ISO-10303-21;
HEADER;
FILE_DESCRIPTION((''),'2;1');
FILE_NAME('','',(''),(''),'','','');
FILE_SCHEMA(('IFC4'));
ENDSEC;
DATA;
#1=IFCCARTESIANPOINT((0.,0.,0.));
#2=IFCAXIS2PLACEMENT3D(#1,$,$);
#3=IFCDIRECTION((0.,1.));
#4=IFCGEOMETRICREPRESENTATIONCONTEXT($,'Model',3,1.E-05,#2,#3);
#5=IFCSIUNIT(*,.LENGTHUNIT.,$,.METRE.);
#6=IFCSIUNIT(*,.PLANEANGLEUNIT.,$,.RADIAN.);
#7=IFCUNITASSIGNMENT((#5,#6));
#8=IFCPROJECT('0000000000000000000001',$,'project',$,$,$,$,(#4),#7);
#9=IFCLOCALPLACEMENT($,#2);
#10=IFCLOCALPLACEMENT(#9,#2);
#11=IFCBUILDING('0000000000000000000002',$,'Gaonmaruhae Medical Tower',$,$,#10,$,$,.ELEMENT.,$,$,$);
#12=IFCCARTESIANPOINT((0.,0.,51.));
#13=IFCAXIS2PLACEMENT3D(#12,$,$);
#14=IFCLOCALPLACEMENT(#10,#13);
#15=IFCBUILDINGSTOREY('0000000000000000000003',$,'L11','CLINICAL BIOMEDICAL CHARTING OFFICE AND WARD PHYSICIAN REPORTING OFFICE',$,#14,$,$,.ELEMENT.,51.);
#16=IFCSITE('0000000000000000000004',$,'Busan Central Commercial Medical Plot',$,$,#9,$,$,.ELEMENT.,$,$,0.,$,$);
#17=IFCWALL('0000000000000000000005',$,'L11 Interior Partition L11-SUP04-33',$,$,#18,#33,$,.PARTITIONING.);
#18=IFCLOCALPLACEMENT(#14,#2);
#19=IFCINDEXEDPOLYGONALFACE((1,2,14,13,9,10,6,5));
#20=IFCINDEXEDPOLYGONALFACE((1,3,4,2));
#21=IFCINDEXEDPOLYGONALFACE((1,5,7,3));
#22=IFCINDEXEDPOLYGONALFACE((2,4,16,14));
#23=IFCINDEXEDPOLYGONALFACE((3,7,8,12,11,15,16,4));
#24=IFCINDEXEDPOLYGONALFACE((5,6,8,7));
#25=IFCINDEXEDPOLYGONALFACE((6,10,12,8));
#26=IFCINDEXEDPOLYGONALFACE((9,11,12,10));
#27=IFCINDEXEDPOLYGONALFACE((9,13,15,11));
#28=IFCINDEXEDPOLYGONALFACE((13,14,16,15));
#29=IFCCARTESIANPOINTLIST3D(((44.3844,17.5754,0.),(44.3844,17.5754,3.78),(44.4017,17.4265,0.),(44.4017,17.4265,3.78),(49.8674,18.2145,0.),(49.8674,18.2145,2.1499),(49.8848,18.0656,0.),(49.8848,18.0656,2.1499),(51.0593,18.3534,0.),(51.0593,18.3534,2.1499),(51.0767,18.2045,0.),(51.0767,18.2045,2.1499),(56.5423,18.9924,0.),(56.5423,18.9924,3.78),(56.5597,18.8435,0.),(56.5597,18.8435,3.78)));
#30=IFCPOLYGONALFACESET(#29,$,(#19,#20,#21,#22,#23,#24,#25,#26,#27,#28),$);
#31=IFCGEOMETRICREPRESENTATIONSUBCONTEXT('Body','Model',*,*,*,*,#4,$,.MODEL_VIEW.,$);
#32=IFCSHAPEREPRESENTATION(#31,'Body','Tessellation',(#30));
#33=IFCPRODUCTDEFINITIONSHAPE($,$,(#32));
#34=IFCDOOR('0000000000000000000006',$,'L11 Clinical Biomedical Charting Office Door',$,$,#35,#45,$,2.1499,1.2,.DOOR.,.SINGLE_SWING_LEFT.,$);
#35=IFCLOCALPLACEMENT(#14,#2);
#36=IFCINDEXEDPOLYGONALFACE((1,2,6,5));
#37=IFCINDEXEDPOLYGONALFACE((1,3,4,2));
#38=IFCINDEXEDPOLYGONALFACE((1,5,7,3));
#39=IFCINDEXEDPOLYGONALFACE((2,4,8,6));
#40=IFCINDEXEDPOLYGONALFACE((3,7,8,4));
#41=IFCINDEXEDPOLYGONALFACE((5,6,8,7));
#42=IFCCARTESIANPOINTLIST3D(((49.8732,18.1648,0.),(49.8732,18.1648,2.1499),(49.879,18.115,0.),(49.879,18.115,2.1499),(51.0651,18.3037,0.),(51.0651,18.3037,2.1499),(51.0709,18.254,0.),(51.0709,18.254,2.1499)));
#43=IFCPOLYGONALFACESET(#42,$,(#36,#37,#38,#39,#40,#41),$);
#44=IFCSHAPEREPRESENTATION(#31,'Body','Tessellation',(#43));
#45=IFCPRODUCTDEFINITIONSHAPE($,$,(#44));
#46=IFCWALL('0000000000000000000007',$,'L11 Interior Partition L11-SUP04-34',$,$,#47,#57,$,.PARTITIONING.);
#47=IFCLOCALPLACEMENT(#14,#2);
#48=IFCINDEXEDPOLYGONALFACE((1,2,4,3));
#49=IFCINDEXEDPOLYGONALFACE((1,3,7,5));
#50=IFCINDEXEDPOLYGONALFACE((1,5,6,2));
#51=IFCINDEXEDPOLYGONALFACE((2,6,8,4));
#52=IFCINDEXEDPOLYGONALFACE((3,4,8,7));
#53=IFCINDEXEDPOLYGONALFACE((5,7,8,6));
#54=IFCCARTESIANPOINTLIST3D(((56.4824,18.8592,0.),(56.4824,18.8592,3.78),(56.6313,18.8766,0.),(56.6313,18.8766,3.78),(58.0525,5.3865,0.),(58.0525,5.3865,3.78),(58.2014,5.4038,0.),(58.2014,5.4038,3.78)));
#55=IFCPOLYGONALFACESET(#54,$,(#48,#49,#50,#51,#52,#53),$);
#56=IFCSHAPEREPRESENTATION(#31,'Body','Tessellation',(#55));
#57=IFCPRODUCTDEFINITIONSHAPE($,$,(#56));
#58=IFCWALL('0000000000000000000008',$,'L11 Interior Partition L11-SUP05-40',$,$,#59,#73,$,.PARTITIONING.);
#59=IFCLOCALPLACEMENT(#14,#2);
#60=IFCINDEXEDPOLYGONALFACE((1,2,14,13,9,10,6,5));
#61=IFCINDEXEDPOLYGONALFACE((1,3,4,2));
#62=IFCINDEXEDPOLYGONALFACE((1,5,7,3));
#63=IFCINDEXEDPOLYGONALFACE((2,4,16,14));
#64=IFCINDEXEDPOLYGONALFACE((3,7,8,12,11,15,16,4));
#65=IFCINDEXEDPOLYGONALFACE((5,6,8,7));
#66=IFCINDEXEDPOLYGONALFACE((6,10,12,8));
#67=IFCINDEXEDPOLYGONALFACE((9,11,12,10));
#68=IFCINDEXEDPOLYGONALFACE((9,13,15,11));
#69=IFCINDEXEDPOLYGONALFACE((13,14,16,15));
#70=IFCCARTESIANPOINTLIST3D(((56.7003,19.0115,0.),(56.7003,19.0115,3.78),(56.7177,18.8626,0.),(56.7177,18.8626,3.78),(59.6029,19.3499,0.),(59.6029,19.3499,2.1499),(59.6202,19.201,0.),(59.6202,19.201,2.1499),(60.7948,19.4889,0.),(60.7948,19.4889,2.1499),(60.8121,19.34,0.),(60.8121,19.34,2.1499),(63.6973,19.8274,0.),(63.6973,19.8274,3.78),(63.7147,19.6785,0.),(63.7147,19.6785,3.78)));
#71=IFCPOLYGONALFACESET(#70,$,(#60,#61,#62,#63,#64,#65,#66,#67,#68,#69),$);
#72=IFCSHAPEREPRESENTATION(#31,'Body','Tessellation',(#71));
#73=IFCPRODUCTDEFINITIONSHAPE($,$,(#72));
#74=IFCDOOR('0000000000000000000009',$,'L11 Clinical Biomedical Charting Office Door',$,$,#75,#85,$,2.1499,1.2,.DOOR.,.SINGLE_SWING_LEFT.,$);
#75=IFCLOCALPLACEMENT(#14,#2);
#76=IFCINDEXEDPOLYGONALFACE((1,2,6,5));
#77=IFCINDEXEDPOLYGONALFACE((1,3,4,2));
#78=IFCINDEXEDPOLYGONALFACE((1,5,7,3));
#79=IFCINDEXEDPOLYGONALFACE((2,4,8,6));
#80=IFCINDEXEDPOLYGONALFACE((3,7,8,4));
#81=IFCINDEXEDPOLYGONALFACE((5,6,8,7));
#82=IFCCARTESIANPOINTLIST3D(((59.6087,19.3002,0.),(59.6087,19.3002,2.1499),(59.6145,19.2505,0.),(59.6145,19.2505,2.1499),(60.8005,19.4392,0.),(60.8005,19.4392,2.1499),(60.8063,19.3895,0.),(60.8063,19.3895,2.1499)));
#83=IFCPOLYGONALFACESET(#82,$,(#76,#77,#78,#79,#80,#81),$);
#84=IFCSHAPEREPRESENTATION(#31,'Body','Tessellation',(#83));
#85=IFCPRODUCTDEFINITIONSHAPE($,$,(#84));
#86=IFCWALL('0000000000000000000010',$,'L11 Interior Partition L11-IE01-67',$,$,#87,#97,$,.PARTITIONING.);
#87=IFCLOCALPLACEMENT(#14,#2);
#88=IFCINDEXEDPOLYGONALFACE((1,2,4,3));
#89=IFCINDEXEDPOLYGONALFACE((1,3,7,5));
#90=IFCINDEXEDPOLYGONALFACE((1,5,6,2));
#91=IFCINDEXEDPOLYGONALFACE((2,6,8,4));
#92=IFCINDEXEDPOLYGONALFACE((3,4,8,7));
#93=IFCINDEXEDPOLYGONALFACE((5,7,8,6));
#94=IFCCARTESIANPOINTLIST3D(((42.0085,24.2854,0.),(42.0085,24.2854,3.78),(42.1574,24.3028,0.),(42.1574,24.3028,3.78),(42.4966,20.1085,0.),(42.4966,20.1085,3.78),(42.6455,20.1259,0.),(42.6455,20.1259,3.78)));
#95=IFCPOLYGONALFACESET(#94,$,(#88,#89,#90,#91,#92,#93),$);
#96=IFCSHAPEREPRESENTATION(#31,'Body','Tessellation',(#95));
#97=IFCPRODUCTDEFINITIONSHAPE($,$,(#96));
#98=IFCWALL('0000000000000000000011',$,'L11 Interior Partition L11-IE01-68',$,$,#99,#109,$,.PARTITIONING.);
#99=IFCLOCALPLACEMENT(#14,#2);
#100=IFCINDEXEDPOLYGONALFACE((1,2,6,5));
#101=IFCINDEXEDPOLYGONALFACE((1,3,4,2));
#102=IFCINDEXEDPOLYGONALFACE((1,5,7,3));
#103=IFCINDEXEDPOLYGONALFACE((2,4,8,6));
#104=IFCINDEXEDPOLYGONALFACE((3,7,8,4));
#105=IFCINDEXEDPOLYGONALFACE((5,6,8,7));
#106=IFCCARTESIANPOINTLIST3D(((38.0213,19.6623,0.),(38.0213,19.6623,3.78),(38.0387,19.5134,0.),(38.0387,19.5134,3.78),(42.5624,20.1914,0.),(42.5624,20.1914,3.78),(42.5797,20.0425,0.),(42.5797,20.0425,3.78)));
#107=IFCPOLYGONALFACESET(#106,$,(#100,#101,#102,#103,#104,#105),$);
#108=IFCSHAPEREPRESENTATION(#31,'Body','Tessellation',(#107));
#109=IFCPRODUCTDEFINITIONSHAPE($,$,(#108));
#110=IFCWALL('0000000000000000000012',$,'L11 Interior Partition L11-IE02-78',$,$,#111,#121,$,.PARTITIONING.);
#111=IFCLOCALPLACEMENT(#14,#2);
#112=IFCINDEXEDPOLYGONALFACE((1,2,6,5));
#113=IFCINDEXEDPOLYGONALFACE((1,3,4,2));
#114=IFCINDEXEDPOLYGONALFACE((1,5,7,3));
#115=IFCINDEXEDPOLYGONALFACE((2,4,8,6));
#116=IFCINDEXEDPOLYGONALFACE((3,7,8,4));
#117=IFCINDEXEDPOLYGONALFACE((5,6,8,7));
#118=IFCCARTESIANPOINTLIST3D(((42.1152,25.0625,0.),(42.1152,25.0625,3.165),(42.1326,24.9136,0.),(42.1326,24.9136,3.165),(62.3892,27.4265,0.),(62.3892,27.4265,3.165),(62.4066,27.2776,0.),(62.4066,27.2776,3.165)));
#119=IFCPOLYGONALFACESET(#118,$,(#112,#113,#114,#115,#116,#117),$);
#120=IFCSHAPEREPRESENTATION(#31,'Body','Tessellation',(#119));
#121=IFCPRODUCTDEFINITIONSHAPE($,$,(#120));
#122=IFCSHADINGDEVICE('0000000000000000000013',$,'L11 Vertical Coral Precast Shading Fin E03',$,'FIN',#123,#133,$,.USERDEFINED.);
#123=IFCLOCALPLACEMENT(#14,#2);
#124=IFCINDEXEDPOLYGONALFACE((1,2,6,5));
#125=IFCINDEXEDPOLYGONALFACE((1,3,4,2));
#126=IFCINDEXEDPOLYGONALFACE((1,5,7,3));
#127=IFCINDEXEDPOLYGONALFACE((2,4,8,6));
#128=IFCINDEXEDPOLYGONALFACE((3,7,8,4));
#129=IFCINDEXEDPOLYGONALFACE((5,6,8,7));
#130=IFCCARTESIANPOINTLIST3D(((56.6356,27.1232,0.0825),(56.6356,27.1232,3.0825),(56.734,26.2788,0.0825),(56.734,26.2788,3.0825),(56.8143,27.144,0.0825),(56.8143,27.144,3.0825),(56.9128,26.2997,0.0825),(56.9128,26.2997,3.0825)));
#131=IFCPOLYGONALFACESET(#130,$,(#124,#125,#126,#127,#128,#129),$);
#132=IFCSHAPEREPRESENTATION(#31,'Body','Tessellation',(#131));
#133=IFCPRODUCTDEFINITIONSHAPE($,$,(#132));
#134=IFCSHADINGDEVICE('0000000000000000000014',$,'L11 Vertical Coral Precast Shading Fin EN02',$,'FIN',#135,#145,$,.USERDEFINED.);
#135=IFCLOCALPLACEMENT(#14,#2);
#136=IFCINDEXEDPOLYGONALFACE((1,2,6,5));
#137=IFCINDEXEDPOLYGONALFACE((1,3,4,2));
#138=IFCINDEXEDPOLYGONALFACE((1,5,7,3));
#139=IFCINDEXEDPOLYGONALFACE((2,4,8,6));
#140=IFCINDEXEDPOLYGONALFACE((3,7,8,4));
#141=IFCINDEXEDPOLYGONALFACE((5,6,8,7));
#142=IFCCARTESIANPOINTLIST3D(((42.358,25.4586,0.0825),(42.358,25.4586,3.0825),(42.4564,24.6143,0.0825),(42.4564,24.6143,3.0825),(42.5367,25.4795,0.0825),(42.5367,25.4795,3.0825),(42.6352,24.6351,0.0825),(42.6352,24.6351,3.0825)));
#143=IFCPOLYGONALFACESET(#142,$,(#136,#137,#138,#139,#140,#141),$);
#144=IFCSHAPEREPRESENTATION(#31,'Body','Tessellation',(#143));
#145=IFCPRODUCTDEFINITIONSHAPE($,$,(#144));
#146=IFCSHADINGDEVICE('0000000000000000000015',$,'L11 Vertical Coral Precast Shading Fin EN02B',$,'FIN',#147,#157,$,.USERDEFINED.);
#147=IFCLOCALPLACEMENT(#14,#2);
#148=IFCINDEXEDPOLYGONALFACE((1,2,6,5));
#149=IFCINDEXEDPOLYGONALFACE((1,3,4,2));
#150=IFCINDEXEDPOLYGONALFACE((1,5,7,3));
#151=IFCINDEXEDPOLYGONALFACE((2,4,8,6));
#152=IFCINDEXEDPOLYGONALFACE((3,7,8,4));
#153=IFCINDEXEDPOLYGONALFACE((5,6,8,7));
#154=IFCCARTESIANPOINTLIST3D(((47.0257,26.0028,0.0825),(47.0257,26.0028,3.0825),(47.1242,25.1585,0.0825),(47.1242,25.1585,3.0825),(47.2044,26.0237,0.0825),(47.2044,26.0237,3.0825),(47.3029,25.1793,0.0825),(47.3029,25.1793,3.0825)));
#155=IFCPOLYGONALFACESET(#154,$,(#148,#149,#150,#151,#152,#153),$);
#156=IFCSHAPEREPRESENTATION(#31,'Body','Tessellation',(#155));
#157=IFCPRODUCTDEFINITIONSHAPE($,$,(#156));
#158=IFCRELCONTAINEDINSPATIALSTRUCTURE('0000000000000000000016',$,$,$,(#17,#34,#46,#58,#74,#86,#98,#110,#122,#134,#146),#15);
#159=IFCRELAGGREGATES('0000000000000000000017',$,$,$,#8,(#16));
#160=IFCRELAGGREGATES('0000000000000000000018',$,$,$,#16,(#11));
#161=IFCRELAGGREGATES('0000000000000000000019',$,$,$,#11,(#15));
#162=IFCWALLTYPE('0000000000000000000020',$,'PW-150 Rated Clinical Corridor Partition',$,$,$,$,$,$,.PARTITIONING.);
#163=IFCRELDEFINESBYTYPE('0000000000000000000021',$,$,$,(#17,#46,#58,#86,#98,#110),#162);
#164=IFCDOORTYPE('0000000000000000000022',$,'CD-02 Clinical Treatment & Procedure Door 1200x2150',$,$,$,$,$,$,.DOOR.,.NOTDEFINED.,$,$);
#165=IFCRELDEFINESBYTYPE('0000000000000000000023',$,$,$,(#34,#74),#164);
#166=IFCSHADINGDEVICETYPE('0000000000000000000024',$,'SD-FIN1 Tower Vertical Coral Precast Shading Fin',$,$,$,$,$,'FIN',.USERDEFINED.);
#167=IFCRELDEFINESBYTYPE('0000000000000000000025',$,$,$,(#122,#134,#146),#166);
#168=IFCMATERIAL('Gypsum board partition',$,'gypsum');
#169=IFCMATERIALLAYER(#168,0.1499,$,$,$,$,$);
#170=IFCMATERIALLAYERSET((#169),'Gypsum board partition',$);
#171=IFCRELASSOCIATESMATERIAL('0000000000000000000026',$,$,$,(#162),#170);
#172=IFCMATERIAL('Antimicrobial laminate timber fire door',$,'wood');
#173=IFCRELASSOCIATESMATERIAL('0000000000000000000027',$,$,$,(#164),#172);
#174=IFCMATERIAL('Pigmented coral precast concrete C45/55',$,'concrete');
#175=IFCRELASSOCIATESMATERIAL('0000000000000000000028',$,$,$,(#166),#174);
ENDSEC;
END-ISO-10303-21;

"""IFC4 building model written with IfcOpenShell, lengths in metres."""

from ifc_helpers import new_model, si_unit, direction, frame, frame_2d, origin, origin_2d, place, context, subcontext, project, spatial, rectangle, extrude, material, layer, layer_set, type_object, element, fill, save


model = new_model("IFC4")

# Units and contexts
model_context = context("Model", 3, precision=1e-05, world=origin(), true_north=direction((0.0, 1.0)))
body_context = subcontext(model_context, "Body", "Model", "MODEL_VIEW")
ifc_project = project(units=[si_unit("LENGTHUNIT", "METRE"), si_unit("PLANEANGLEUNIT", "RADIAN")], contexts=[model_context])

# Site, building, storey
site_placement = place(None, origin())
site = spatial("IfcSite", under=ifc_project, at=site_placement, Name="Busan Central Commercial Medical Plot", CompositionType="ELEMENT", RefElevation=0.0)
building_placement = place(site_placement, origin())
building = spatial("IfcBuilding", under=site, at=building_placement, Name="Gaonmaruhae Medical Tower", CompositionType="ELEMENT")
storey_placement = place(building_placement, frame((0.0, 0.0, 51.0)))
storey = spatial("IfcBuildingStorey", under=building, at=storey_placement, Name="L11", Description="CLINICAL BIOMEDICAL CHARTING OFFICE AND WARD PHYSICIAN REPORTING OFFICE", CompositionType="ELEMENT", Elevation=51.0)

# Shared definitions
ifc_material_1 = material(Name="Gypsum board partition", Category="gypsum")
ifc_layer_1 = layer(ifc_material_1, 0.1499)
ifc_layer_set_1 = layer_set([ifc_layer_1], Name="Gypsum board partition")
wall_type_1 = type_object("IfcWallType", Name="PW-150 Rated Clinical Corridor Partition", PredefinedType="PARTITIONING", material=ifc_layer_set_1)

# Wall, opening, door
wall_1_placement = place(storey_placement, frame((44.3931, 17.501, 0.0), z_axis=(0.0, 0.0, 1.0), x_axis=(0.993277, 0.115765, 0.0)))
wall_1 = element("IfcWall", 1, at=wall_1_placement, inside=storey, type_object=wall_type_1, Name="L11 Interior Partition L11-SUP04-33", PredefinedType="PARTITIONING", context=body_context, shape_type="SweptSolid", body=[
    extrude(rectangle(XDim=12.2402, YDim=0.1499, at=frame_2d((6.1201, 0.0))), origin(), (0.0, 0.0, 1.0), 3.78),
])
opening_1_placement = place(wall_1_placement, frame((5.52, 0.0, 0.0)))
opening_1 = element("IfcOpeningElement", 2, at=opening_1_placement, cuts=wall_1, PredefinedType="OPENING", context=body_context, shape_type="SweptSolid", body=[
    extrude(rectangle(XDim=1.2, YDim=2.1499, at=frame_2d((0.6001, 1.075))), frame((0.0, 0.085, 0.0), z_axis=(0.0, -1.0, 0.0), x_axis=(1.0, 0.0, 0.0)), (0.0, 0.0, 1.0), 0.1699),
])
ifc_material_2 = material(Name="Antimicrobial laminate timber fire door", Category="wood")
door_type = type_object("IfcDoorType", Name="CD-02 Clinical Treatment & Procedure Door 1200x2150", OperationType="NOTDEFINED", PredefinedType="DOOR", material=ifc_material_2)
door_1_placement = place(opening_1_placement, origin())
door_1 = element("IfcDoor", 3, at=door_1_placement, inside=storey, type_object=door_type, Name="L11 Clinical Biomedical Charting Office Door", OperationType="SINGLE_SWING_LEFT", OverallHeight=2.1499, OverallWidth=1.2, PredefinedType="DOOR", context=body_context, shape_type="SweptSolid", body=[
    extrude(rectangle(XDim=1.2, YDim=2.1499, at=frame_2d((0.6001, 1.075))), frame((0.0, 0.0249, 0.0), z_axis=(0.0, -1.0, 0.0), x_axis=(1.0, 0.0, 0.0)), (0.0, 0.0, 1.0), 0.05),
])
fill(opening_1, door_1)

# Wall
wall_2_placement = place(storey_placement, frame((56.5569, 18.8679, 0.0), z_axis=(0.0, 0.0, 1.0), x_axis=(0.115752, -0.993278, 0.0)))
element("IfcWall", 4, at=wall_2_placement, inside=storey, type_object=wall_type_1, Name="L11 Interior Partition L11-SUP04-34", PredefinedType="PARTITIONING", context=body_context, shape_type="SweptSolid", body=[
    extrude(rectangle(XDim=13.564, YDim=0.1499, at=frame_2d((6.782, 0.0))), origin(), (0.0, 0.0, 1.0), 3.78),
])

# Wall, opening, door
wall_3_placement = place(storey_placement, frame((56.709, 18.937, 0.0), z_axis=(0.0, 0.0, 1.0), x_axis=(0.99327, 0.115824, 0.0)))
wall_3 = element("IfcWall", 5, at=wall_3_placement, inside=storey, type_object=wall_type_1, Name="L11 Interior Partition L11-SUP05-40", PredefinedType="PARTITIONING", context=body_context, shape_type="SweptSolid", body=[
    extrude(rectangle(XDim=7.0444, YDim=0.1499, at=frame_2d((3.5222, 0.0))), origin(), (0.0, 0.0, 1.0), 3.78),
])
opening_2_placement = place(wall_3_placement, frame((2.9221, 0.0, 0.0)))
opening_2 = element("IfcOpeningElement", 6, at=opening_2_placement, cuts=wall_3, PredefinedType="OPENING", context=body_context, shape_type="SweptSolid", body=[
    extrude(rectangle(XDim=1.2, YDim=2.1499, at=frame_2d((0.6001, 1.075))), frame((0.0, 0.085, 0.0), z_axis=(0.0, -1.0, 0.0), x_axis=(1.0, 0.0, 0.0)), (0.0, 0.0, 1.0), 0.1699),
])
door_2_placement = place(opening_2_placement, origin())
door_2 = element("IfcDoor", 7, at=door_2_placement, inside=storey, type_object=door_type, Name="L11 Clinical Biomedical Charting Office Door", OperationType="SINGLE_SWING_LEFT", OverallHeight=2.1499, OverallWidth=1.2, PredefinedType="DOOR", context=body_context, shape_type="SweptSolid", body=[
    extrude(rectangle(XDim=1.2, YDim=2.1499, at=frame_2d((0.6001, 1.075))), frame((0.0, 0.0249, 0.0), z_axis=(0.0, -1.0, 0.0), x_axis=(1.0, 0.0, 0.0)), (0.0, 0.0, 1.0), 0.05),
])
fill(opening_2, door_2)

# Walls
wall_4_placement = place(storey_placement, frame((42.083, 24.2939, 0.0), z_axis=(0.0, 0.0, 1.0), x_axis=(0.11605, -0.993243, 0.0)))
element("IfcWall", 8, at=wall_4_placement, inside=storey, type_object=wall_type_1, Name="L11 Interior Partition L11-IE01-67", PredefinedType="PARTITIONING", context=body_context, shape_type="SweptSolid", body=[
    extrude(rectangle(XDim=4.2053, YDim=0.1499, at=frame_2d((2.1025, 0.0))), origin(), (0.0, 0.0, 1.0), 3.78),
])
wall_5_placement = place(storey_placement, frame((42.571, 20.1169, 0.0), z_axis=(0.0, 0.0, 1.0), x_axis=(-0.993282, -0.115723, 0.0)))
element("IfcWall", 9, at=wall_5_placement, inside=storey, type_object=wall_type_1, Name="L11 Interior Partition L11-IE01-68", PredefinedType="PARTITIONING", context=body_context, shape_type="SweptSolid", body=[
    extrude(rectangle(XDim=4.5718, YDim=0.1499, at=frame_2d((2.2859, 0.0))), origin(), (0.0, 0.0, 1.0), 3.78),
])
wall_6_placement = place(storey_placement, frame((42.124, 24.988, 0.0), z_axis=(0.0, 0.0, 1.0), x_axis=(0.99327, 0.115819, 0.0)))
element("IfcWall", 10, at=wall_6_placement, inside=storey, type_object=wall_type_1, Name="L11 Interior Partition L11-IE02-78", PredefinedType="PARTITIONING", context=body_context, shape_type="SweptSolid", body=[
    extrude(rectangle(XDim=20.4114, YDim=0.1499, at=frame_2d((10.2056, 0.0))), origin(), (0.0, 0.0, 1.0), 3.165),
])

# Shading devices
ifc_material_3 = material(Name="Pigmented coral precast concrete C45/55", Category="concrete")
shading_device_type = type_object("IfcShadingDeviceType", Name="SD-FIN1 Tower Vertical Coral Precast Shading Fin", ElementType="FIN", PredefinedType="USERDEFINED", material=ifc_material_3)
for number, where, z_axis, x_axis, name in (
    (11, (56.7742, 26.7114, 0.0825), (0.0, 0.0, 1.0), (0.99327, 0.115821, 0.0), "L11 Vertical Coral Precast Shading Fin E03"),
    (12, (42.4966, 25.0469, 0.0825), (0.0, 0.0, 1.0), (0.993272, 0.115804, 0.0), "L11 Vertical Coral Precast Shading Fin EN02"),
    (13, (47.1643, 25.5911, 0.0825), (0.0, 0.0, 1.0), (0.993272, 0.115804, 0.0), "L11 Vertical Coral Precast Shading Fin EN02B"),
):
    element("IfcShadingDevice", number, at=place(storey_placement, frame(where, z_axis=z_axis, x_axis=x_axis)), inside=storey, type_object=shading_device_type, Name=name, ObjectType="FIN", PredefinedType="USERDEFINED", context=body_context, shape_type="SweptSolid", body=[
        extrude(rectangle(XDim=0.1799, YDim=0.8501, at=origin_2d()), origin(), (0.0, 0.0, 1.0), 3.0),
    ])

save(model, "model.ifc")
